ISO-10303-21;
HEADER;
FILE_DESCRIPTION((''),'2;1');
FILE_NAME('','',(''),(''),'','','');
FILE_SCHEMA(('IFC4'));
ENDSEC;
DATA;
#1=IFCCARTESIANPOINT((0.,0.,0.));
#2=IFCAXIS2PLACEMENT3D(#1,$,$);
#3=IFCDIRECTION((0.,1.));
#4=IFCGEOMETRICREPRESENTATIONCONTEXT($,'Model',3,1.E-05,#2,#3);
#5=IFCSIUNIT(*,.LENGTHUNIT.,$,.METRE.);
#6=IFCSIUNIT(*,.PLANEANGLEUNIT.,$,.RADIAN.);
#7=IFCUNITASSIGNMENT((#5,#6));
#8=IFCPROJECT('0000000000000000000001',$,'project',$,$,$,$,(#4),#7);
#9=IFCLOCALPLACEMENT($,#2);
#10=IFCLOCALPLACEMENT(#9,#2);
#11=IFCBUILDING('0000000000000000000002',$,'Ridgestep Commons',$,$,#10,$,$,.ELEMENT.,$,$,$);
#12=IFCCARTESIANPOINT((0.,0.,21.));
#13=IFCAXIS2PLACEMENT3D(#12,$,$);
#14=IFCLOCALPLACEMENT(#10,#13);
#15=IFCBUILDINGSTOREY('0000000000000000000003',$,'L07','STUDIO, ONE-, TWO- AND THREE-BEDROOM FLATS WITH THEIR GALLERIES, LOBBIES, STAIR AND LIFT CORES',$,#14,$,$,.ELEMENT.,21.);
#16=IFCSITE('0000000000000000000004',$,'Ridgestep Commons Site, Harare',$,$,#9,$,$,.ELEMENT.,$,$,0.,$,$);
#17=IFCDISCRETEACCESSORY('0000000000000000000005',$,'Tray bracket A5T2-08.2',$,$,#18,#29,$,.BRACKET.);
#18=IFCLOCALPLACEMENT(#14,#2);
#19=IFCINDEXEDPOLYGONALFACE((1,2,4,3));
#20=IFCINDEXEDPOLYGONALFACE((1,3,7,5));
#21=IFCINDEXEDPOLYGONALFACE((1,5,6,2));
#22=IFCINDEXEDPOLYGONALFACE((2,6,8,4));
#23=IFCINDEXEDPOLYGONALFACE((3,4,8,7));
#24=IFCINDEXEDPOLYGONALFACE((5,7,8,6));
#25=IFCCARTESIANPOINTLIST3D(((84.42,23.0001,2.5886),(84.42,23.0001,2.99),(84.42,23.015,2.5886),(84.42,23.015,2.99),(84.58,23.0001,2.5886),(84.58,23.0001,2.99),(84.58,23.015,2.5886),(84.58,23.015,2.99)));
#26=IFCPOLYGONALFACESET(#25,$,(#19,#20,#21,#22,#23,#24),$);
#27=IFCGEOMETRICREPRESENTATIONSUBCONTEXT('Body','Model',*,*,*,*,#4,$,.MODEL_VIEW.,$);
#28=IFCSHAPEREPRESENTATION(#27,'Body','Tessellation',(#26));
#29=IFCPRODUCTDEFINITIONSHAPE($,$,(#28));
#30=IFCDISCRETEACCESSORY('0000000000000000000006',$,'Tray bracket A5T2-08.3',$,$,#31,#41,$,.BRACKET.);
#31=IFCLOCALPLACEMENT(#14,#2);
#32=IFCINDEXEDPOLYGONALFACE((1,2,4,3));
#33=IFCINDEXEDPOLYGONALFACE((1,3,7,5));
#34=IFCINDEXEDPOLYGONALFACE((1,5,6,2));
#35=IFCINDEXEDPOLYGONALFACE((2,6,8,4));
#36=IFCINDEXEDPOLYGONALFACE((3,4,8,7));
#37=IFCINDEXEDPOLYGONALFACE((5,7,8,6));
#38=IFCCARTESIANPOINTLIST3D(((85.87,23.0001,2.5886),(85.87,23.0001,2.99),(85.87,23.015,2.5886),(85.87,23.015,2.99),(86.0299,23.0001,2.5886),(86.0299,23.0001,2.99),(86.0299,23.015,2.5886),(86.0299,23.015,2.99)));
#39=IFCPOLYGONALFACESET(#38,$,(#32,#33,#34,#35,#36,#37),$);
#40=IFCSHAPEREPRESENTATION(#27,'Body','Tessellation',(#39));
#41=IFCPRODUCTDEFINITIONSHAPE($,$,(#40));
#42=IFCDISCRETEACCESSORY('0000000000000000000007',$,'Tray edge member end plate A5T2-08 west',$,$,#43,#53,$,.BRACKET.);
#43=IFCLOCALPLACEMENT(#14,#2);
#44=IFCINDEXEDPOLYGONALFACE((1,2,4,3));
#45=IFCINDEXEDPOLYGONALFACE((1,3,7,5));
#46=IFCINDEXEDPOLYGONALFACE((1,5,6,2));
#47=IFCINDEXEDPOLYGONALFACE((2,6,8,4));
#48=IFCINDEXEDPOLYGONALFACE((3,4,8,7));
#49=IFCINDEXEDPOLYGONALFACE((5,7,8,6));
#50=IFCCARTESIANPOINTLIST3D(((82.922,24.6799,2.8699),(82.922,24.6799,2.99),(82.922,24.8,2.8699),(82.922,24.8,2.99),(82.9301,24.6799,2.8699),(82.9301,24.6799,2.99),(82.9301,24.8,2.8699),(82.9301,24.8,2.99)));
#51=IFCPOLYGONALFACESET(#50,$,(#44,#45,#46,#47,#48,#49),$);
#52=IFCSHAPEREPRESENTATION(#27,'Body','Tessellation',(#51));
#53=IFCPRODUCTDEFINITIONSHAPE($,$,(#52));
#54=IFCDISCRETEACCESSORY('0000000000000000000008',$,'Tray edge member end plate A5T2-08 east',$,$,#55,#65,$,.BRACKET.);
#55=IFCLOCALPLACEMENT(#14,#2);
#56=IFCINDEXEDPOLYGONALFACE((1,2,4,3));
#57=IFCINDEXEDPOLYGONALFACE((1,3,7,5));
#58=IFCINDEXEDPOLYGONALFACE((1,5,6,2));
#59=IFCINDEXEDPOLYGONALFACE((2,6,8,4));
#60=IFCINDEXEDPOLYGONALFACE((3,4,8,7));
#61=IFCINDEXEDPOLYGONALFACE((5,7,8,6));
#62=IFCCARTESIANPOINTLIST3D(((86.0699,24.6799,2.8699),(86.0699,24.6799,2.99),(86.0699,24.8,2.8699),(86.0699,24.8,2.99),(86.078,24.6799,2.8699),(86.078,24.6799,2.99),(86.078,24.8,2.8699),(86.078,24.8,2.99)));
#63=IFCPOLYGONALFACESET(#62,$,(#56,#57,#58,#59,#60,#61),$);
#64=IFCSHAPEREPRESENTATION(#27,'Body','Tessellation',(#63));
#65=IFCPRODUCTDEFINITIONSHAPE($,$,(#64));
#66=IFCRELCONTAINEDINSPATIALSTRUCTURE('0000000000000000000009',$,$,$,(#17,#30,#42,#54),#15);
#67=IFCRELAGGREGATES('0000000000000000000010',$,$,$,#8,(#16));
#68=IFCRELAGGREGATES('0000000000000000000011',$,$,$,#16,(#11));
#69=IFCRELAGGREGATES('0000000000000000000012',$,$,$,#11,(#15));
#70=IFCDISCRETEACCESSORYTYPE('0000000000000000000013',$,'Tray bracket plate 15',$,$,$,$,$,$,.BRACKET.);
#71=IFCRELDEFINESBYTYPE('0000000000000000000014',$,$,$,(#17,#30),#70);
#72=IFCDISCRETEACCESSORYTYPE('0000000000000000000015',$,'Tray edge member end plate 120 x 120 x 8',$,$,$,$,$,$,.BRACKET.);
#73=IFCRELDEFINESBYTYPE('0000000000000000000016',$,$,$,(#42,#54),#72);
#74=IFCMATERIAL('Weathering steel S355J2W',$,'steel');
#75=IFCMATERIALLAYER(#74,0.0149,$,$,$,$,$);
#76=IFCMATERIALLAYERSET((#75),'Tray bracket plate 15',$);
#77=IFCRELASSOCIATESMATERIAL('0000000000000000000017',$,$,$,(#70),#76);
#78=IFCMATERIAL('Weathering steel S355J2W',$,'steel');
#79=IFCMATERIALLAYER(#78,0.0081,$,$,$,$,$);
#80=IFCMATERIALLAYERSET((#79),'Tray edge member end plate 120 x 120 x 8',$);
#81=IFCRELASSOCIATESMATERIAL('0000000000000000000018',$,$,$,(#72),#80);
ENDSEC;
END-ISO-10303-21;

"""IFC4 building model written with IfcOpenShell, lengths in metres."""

from ifc_helpers import new_model, si_unit, direction, frame, origin, origin_2d, place, context, subcontext, project, spatial, rectangle, extrude, material, layer, layer_set, type_object, element, save


model = new_model("IFC4")

# Units and contexts
model_context = context("Model", 3, precision=1e-05, world=origin(), true_north=direction((0.0, 1.0)))
body_context = subcontext(model_context, "Body", "Model", "MODEL_VIEW")
ifc_project = project(units=[si_unit("LENGTHUNIT", "METRE"), si_unit("PLANEANGLEUNIT", "RADIAN")], contexts=[model_context])

# Site, building, storey
site_placement = place(None, origin())
site = spatial("IfcSite", under=ifc_project, at=site_placement, Name="Ridgestep Commons Site, Harare", CompositionType="ELEMENT", RefElevation=0.0)
building_placement = place(site_placement, origin())
building = spatial("IfcBuilding", under=site, at=building_placement, Name="Ridgestep Commons", CompositionType="ELEMENT")
storey_placement = place(building_placement, frame((0.0, 0.0, 21.0)))
storey = spatial("IfcBuildingStorey", under=building, at=storey_placement, Name="L07", Description="STUDIO, ONE-, TWO- AND THREE-BEDROOM FLATS WITH THEIR GALLERIES, LOBBIES, STAIR AND LIFT CORES", CompositionType="ELEMENT", Elevation=21.0)

# Discrete accessories
ifc_material_1 = material(Name="Weathering steel S355J2W", Category="steel")
ifc_layer_1 = layer(ifc_material_1, 0.0149)
ifc_layer_set_1 = layer_set([ifc_layer_1], Name="Tray bracket plate 15")
discrete_accessory_type_1 = type_object("IfcDiscreteAccessoryType", Name="Tray bracket plate 15", PredefinedType="BRACKET", material=ifc_layer_set_1)
for number, where, z_axis, x_axis, name in (
    (1, (84.5, 23.0076, 2.5886), (0.0, 0.0, 1.0), (1.0, 0.0, 0.0), "Tray bracket A5T2-08.2"),
    (2, (85.95, 23.0076, 2.5886), (0.0, 0.0, 1.0), (1.0, 0.0, 0.0), "Tray bracket A5T2-08.3"),
):
    element("IfcDiscreteAccessory", number, at=place(storey_placement, frame(where, z_axis=z_axis, x_axis=x_axis)), inside=storey, type_object=discrete_accessory_type_1, Name=name, PredefinedType="BRACKET", context=body_context, shape_type="SweptSolid", body=[
        extrude(rectangle(XDim=0.1599, YDim=0.0149, at=origin_2d()), origin(), (0.0, 0.0, 1.0), 0.4014),
    ])
ifc_material_2 = material(Name="Weathering steel S355J2W", Category="steel")
ifc_layer_2 = layer(ifc_material_2, 0.0081)
ifc_layer_set_2 = layer_set([ifc_layer_2], Name="Tray edge member end plate 120 x 120 x 8")
discrete_accessory_type_2 = type_object("IfcDiscreteAccessoryType", Name="Tray edge member end plate 120 x 120 x 8", PredefinedType="BRACKET", material=ifc_layer_set_2)
for number, where, z_axis, x_axis, name in (
    (3, (82.926, 24.74, 2.8699), (0.0, 0.0, 1.0), (1.0, 0.0, 0.0), "Tray edge member end plate A5T2-08 west"),
    (4, (86.074, 24.74, 2.8699), (0.0, 0.0, 1.0), (1.0, 0.0, 0.0), "Tray edge member end plate A5T2-08 east"),
):
    element("IfcDiscreteAccessory", number, at=place(storey_placement, frame(where, z_axis=z_axis, x_axis=x_axis)), inside=storey, type_object=discrete_accessory_type_2, Name=name, PredefinedType="BRACKET", context=body_context, shape_type="SweptSolid", body=[
        extrude(rectangle(XDim=0.0081, YDim=0.1201, at=origin_2d()), origin(), (0.0, 0.0, 1.0), 0.1201),
    ])

save(model, "model.ifc")
